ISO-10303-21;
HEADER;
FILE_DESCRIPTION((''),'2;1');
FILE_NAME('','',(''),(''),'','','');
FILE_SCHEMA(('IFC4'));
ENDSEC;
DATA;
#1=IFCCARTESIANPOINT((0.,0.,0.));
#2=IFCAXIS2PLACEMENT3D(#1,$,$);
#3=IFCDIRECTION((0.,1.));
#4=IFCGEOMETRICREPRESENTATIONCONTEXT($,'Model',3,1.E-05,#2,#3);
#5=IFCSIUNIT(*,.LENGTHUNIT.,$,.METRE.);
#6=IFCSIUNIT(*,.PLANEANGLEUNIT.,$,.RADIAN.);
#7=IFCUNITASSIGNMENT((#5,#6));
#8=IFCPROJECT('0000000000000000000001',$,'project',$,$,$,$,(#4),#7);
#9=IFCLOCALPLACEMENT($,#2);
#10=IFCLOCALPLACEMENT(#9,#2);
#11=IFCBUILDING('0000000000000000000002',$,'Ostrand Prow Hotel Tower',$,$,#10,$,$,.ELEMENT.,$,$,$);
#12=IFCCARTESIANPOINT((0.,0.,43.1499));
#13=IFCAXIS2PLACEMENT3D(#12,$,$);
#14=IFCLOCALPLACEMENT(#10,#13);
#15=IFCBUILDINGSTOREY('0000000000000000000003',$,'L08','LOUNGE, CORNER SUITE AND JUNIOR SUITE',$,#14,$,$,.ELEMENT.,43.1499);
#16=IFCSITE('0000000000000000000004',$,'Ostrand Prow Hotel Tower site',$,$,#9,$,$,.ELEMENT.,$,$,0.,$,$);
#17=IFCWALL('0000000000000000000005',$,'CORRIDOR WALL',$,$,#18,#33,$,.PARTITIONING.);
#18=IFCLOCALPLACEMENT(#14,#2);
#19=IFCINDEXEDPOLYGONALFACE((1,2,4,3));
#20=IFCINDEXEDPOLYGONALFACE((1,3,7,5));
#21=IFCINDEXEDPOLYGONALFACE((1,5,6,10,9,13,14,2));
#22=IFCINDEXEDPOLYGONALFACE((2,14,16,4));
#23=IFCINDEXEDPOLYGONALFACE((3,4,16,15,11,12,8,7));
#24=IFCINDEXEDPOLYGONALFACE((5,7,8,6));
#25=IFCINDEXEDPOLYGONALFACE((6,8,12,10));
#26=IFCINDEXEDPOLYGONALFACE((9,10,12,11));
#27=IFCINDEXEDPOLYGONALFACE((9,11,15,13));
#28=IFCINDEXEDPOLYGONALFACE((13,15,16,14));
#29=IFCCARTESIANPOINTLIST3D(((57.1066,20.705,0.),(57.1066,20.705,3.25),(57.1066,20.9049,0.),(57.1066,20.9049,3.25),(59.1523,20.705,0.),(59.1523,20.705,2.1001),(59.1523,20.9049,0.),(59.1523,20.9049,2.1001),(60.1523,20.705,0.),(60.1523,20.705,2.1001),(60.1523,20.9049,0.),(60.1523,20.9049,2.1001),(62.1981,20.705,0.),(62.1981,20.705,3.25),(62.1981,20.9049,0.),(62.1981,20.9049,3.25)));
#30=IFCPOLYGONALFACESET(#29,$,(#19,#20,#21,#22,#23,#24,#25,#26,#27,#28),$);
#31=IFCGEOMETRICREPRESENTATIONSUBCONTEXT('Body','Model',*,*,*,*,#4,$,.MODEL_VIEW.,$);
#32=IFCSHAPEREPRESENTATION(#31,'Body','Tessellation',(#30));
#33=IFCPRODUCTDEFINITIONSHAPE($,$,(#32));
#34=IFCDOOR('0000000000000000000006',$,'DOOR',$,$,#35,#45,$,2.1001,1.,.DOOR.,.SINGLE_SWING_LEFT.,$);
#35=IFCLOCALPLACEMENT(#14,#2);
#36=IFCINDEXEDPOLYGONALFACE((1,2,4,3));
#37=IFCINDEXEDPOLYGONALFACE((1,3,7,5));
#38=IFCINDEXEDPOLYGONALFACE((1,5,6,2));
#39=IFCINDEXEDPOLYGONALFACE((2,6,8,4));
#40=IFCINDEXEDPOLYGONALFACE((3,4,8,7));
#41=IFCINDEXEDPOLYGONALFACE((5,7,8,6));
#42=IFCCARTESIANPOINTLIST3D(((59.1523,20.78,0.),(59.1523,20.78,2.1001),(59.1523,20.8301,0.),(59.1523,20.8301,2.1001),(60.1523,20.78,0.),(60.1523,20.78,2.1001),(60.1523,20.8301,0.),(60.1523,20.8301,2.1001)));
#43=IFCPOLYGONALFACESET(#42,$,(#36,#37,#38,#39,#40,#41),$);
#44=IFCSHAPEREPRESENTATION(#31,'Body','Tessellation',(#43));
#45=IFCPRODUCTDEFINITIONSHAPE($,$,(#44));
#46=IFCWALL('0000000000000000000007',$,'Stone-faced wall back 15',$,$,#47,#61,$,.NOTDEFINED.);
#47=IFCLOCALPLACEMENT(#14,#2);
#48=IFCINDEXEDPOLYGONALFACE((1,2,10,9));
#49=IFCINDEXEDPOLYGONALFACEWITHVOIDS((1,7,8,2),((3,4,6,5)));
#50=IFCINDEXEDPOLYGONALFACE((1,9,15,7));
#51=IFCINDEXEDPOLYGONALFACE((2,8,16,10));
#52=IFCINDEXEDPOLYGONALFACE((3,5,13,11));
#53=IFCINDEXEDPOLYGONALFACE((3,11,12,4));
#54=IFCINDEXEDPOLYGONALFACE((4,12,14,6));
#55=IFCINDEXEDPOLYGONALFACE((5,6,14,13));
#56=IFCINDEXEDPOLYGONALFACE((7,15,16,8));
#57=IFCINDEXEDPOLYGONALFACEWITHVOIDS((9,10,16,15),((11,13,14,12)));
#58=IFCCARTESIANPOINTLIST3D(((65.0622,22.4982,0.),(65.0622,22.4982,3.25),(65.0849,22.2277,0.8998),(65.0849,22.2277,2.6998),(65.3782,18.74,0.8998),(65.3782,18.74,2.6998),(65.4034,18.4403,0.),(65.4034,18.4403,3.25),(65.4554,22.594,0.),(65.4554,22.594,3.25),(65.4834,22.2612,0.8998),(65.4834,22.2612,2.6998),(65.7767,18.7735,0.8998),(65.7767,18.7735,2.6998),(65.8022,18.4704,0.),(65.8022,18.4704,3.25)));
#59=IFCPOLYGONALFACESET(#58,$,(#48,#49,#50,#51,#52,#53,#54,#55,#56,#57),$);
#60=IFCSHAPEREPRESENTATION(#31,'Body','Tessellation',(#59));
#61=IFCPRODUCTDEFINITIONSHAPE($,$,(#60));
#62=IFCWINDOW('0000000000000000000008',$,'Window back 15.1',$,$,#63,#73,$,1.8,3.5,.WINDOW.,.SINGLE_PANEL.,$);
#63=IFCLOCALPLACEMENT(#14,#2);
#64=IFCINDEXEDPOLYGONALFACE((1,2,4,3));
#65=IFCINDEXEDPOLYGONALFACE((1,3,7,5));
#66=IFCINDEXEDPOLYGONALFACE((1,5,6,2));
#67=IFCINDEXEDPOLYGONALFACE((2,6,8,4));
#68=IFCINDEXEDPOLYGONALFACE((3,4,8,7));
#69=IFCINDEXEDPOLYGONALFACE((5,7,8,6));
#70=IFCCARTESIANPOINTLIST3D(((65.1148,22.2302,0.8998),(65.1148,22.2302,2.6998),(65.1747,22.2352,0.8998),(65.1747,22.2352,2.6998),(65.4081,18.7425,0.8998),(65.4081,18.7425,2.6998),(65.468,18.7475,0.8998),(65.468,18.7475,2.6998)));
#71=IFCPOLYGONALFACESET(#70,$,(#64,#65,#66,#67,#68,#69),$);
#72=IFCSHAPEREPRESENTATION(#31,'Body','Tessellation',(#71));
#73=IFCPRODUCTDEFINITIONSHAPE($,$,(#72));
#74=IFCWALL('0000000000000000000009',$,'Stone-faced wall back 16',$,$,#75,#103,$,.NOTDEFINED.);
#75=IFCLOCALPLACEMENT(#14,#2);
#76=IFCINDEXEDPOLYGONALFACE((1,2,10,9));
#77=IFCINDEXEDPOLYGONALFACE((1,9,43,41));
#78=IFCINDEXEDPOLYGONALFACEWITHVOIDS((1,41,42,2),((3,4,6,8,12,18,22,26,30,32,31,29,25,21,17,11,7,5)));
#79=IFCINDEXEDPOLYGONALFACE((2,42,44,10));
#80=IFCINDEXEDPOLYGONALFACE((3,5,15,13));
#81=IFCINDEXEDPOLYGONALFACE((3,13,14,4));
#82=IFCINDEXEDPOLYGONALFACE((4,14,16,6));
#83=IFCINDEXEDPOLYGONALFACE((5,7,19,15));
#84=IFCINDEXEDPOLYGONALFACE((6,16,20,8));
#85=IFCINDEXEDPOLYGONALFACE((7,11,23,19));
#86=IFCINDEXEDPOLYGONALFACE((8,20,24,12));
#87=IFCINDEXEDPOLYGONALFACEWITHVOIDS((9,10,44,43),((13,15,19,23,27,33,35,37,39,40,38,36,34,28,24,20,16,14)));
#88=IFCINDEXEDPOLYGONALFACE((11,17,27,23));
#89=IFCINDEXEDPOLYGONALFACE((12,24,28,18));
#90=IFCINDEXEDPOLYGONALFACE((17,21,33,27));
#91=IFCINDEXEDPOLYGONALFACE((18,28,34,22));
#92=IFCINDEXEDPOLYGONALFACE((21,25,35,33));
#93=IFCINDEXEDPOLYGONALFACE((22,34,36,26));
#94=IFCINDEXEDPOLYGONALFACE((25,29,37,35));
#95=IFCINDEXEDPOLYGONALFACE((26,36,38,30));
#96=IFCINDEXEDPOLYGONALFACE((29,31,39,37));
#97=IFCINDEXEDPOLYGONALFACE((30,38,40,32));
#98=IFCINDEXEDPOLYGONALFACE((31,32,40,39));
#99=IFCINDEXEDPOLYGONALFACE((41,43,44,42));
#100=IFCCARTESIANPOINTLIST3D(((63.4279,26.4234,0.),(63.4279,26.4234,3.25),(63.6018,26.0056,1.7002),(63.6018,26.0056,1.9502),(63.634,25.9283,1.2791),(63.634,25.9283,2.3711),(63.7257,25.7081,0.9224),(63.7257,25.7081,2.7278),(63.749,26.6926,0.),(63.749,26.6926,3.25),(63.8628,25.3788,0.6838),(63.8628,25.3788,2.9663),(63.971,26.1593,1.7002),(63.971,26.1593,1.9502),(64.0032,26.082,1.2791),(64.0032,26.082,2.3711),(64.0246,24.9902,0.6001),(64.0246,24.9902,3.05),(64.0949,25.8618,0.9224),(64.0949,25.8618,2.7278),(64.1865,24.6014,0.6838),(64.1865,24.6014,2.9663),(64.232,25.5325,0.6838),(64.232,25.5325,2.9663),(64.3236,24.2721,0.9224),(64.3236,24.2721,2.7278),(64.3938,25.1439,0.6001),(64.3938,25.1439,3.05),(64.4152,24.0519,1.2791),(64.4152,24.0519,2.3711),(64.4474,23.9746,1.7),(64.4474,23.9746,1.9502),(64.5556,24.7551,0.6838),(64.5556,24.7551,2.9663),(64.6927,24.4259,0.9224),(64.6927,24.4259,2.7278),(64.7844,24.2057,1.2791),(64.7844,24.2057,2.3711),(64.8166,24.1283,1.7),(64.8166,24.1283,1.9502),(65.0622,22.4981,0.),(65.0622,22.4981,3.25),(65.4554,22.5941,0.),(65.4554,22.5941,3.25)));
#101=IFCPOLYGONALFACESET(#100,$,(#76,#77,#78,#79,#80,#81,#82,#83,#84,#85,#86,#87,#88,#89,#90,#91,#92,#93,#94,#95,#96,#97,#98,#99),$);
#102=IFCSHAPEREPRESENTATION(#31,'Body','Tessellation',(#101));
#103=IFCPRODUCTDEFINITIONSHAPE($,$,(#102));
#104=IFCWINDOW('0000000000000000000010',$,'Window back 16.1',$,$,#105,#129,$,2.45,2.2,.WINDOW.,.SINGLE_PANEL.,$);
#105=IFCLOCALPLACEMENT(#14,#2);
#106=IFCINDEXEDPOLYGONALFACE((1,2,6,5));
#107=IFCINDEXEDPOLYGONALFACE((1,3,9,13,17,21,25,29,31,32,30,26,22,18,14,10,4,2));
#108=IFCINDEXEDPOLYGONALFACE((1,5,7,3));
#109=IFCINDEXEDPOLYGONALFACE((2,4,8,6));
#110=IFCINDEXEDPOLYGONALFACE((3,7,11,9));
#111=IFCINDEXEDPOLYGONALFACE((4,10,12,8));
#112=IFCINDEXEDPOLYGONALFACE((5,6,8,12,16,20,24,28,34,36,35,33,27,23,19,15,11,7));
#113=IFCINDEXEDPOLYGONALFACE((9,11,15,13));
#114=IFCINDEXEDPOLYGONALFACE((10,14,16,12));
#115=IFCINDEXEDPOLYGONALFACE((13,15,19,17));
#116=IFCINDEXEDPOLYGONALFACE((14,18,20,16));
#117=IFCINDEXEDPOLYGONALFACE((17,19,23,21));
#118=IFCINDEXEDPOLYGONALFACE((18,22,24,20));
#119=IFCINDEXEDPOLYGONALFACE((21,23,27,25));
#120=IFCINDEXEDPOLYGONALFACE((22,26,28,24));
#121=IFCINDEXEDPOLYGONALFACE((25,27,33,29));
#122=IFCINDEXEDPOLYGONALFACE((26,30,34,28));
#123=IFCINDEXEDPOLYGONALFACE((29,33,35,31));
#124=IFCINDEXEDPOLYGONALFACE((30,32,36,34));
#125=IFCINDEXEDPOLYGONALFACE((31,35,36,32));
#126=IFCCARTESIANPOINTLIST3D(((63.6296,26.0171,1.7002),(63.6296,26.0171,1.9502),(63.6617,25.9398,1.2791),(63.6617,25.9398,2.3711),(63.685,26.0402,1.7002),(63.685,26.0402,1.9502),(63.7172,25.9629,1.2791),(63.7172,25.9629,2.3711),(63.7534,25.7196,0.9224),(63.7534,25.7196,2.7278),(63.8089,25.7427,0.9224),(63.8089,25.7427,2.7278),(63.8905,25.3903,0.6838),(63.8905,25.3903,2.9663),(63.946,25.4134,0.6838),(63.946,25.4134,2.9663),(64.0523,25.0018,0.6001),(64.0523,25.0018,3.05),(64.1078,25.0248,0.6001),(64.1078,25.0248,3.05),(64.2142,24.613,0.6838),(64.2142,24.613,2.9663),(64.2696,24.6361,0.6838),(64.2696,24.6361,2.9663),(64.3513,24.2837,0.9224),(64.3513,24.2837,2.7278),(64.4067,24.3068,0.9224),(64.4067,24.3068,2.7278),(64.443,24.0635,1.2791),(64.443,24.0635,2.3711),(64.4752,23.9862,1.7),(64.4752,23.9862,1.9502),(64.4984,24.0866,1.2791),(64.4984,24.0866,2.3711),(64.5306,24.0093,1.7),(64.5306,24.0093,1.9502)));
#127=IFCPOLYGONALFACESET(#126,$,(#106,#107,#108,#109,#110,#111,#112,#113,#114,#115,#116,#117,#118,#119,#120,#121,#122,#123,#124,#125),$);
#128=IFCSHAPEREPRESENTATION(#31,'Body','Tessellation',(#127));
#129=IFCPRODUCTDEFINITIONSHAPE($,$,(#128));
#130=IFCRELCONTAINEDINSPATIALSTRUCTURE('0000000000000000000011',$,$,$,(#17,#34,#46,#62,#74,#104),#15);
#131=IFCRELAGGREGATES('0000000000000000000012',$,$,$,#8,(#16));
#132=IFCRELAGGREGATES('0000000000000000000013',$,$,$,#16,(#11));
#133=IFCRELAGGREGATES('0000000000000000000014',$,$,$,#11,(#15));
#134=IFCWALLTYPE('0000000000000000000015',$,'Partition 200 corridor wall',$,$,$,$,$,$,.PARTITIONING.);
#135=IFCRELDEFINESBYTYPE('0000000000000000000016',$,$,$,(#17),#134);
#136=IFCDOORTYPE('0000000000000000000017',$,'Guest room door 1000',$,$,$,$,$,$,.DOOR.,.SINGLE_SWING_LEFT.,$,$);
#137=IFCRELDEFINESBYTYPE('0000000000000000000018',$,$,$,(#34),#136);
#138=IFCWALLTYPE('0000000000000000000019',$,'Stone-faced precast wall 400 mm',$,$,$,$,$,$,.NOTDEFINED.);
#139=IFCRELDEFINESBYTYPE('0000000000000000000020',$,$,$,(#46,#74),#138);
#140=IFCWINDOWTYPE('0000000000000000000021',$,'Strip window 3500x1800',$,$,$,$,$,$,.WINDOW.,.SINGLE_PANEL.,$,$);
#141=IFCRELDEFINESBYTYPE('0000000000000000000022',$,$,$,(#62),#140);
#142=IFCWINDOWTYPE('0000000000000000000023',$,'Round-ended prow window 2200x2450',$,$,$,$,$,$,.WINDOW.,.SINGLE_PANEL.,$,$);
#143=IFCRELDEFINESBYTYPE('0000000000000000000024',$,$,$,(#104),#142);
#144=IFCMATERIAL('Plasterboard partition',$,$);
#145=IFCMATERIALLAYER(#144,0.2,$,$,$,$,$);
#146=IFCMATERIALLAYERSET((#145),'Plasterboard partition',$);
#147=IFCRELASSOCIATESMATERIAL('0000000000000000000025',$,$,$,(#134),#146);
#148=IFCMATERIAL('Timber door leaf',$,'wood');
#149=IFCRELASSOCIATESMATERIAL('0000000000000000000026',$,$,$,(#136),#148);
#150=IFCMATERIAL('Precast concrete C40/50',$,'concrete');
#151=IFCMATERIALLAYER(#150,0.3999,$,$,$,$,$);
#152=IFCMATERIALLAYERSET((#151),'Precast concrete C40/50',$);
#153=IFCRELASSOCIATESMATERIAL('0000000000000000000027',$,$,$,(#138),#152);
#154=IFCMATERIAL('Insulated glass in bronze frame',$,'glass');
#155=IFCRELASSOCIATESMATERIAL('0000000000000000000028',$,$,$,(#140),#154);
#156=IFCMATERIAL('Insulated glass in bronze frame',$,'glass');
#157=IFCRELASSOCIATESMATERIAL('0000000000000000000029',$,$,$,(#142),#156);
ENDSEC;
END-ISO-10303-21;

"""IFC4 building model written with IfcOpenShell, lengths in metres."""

from ifc_helpers import new_model, si_unit, direction, frame, frame_2d, origin, place, context, subcontext, project, spatial, polyline, rectangle, outline, extrude, material, layer, layer_set, type_object, element, fill, save


model = new_model("IFC4")

# Units and contexts
model_context = context("Model", 3, precision=1e-05, world=origin(), true_north=direction((0.0, 1.0)))
body_context = subcontext(model_context, "Body", "Model", "MODEL_VIEW")
ifc_project = project(units=[si_unit("LENGTHUNIT", "METRE"), si_unit("PLANEANGLEUNIT", "RADIAN")], contexts=[model_context])

# Site, building, storey
site_placement = place(None, origin())
site = spatial("IfcSite", under=ifc_project, at=site_placement, Name="Ostrand Prow Hotel Tower site", CompositionType="ELEMENT", RefElevation=0.0)
building_placement = place(site_placement, origin())
building = spatial("IfcBuilding", under=site, at=building_placement, Name="Ostrand Prow Hotel Tower", CompositionType="ELEMENT")
storey_placement = place(building_placement, frame((0.0, 0.0, 43.1499)))
storey = spatial("IfcBuildingStorey", under=building, at=storey_placement, Name="L08", Description="LOUNGE, CORNER SUITE AND JUNIOR SUITE", CompositionType="ELEMENT", Elevation=43.1499)

# Wall, opening, door
ifc_material_1 = material(Name="Plasterboard partition")
ifc_layer_1 = layer(ifc_material_1, 0.2)
ifc_layer_set_1 = layer_set([ifc_layer_1], Name="Plasterboard partition")
wall_type_1 = type_object("IfcWallType", Name="Partition 200 corridor wall", PredefinedType="PARTITIONING", material=ifc_layer_set_1)
wall_1_placement = place(storey_placement, frame((62.1982, 20.8049, 0.0), z_axis=(0.0, 0.0, 1.0), x_axis=(-1.0, 0.0, 0.0)))
wall_1 = element("IfcWall", 1, at=wall_1_placement, inside=storey, type_object=wall_type_1, Name="CORRIDOR WALL", PredefinedType="PARTITIONING", context=body_context, shape_type="SweptSolid", body=[
    extrude(rectangle(XDim=5.0916, YDim=0.2, at=frame_2d((2.5459, 0.0))), origin(), (0.0, 0.0, 1.0), 3.25),
])
opening_1_placement = place(wall_1_placement, frame((2.0459, 0.0, 0.0)))
opening_1 = element("IfcOpeningElement", 2, at=opening_1_placement, cuts=wall_1, PredefinedType="OPENING", context=body_context, shape_type="SweptSolid", body=[
    extrude(rectangle(XDim=1.0, YDim=2.1001, at=frame_2d((0.5, 1.05))), frame((0.0, 0.1099, 0.0), z_axis=(0.0, -1.0, 0.0), x_axis=(1.0, 0.0, 0.0)), (0.0, 0.0, 1.0), 0.22),
])
ifc_material_2 = material(Name="Timber door leaf", Category="wood")
door_type_1 = type_object("IfcDoorType", Name="Guest room door 1000", OperationType="SINGLE_SWING_LEFT", PredefinedType="DOOR", material=ifc_material_2)
door_1_placement = place(opening_1_placement, origin())
door_1 = element("IfcDoor", 3, at=door_1_placement, inside=storey, type_object=door_type_1, Name="DOOR", OperationType="SINGLE_SWING_LEFT", OverallHeight=2.1001, OverallWidth=1.0, PredefinedType="DOOR", context=body_context, shape_type="SweptSolid", body=[
    extrude(rectangle(XDim=1.0, YDim=2.1001, at=frame_2d((0.5, 1.05))), frame((0.0, 0.0249, 0.0), z_axis=(0.0, -1.0, 0.0), x_axis=(1.0, 0.0, 0.0)), (0.0, 0.0, 1.0), 0.05),
])
fill(opening_1, door_1)

# Walls, openings, windows
ifc_material_3 = material(Name="Precast concrete C40/50", Category="concrete")
ifc_layer_2 = layer(ifc_material_3, 0.3999)
ifc_layer_set_2 = layer_set([ifc_layer_2], Name="Precast concrete C40/50")
wall_type_2 = type_object("IfcWallType", Name="Stone-faced precast wall 400 mm", PredefinedType="NOTDEFINED", material=ifc_layer_set_2)
wall_2_placement = place(storey_placement, frame((65.6028, 18.4553, 0.0), z_axis=(0.0, 0.0, 1.0), x_axis=(-0.083794, 0.996483, 0.0)))
wall_2 = element("IfcWall", 4, at=wall_2_placement, inside=storey, type_object=wall_type_2, Name="Stone-faced wall back 15", PredefinedType="NOTDEFINED", context=body_context, shape_type="SweptSolid", body=[
    extrude(outline(polyline([(-0.0017, -0.2), (4.1365, -0.2), (4.074, 0.2), (0.0017, 0.2), (-0.0017, -0.2)])), origin(), (0.0, 0.0, 1.0), 3.25),
])
opening_2_placement = place(wall_2_placement, frame((0.3025, 0.0, 0.8999)))
opening_2 = element("IfcOpeningElement", 5, at=opening_2_placement, cuts=wall_2, PredefinedType="OPENING", context=body_context, shape_type="SweptSolid", body=[
    extrude(rectangle(XDim=3.5, YDim=1.8, at=frame_2d((1.75, 0.8999))), frame((0.0, 0.21, 0.0), z_axis=(0.0, -1.0, 0.0), x_axis=(1.0, 0.0, 0.0)), (0.0, 0.0, 1.0), 0.4199),
])
ifc_material_4 = material(Name="Insulated glass in bronze frame", Category="glass")
window_type_1 = type_object("IfcWindowType", Name="Strip window 3500x1800", PartitioningType="SINGLE_PANEL", PredefinedType="WINDOW", material=ifc_material_4)
window_1_placement = place(opening_2_placement, origin())
window_1 = element("IfcWindow", 6, at=window_1_placement, inside=storey, type_object=window_type_1, Name="Window back 15.1", OverallHeight=1.8, OverallWidth=3.5, PartitioningType="SINGLE_PANEL", PredefinedType="WINDOW", context=body_context, shape_type="SweptSolid", body=[
    extrude(rectangle(XDim=3.5, YDim=1.8, at=frame_2d((1.75, 0.8999))), frame((0.0, 0.1699, 0.0), z_axis=(0.0, -1.0, 0.0), x_axis=(1.0, 0.0, 0.0)), (0.0, 0.0, 1.0), 0.0601),
])
fill(opening_2, window_1)
wall_3_placement = place(storey_placement, frame((65.2588, 22.5461, 0.0), z_axis=(0.0, 0.0, 1.0), x_axis=(-0.384372, 0.923178, 0.0)))
wall_3 = element("IfcWall", 7, at=wall_3_placement, inside=storey, type_object=wall_type_2, Name="Stone-faced wall back 16", PredefinedType="NOTDEFINED", context=body_context, shape_type="SweptSolid", body=[
    extrude(outline(polyline([(-0.0312, -0.2), (4.4082, -0.2), (4.2832, 0.2), (0.0312, 0.2), (-0.0312, -0.2)])), origin(), (0.0, 0.0, 1.0), 3.25),
])
opening_3_placement = place(wall_3_placement, frame((1.6306, 0.0, 0.6001)))
opening_3 = element("IfcOpeningElement", 8, at=opening_3_placement, cuts=wall_3, PredefinedType="OPENING", context=body_context, shape_type="SweptSolid", body=[
    extrude(outline(polyline([(0.0, 1.3501), (0.0837, 1.771), (0.3223, 2.1277), (0.679, 2.3662), (1.1001, 2.45), (1.521, 2.3662), (1.8777, 2.1277), (2.1162, 1.771), (2.2, 1.3501), (2.2, 1.1001), (2.1162, 0.679), (1.8777, 0.3223), (1.521, 0.0837), (1.1001, 0.0), (0.679, 0.0837), (0.3223, 0.3223), (0.0837, 0.679), (0.0, 1.0999), (0.0, 1.3501)])), frame((0.0, 0.21, 0.0), z_axis=(0.0, -1.0, 0.0), x_axis=(1.0, 0.0, 0.0)), (0.0, 0.0, 1.0), 0.4199),
])
ifc_material_5 = material(Name="Insulated glass in bronze frame", Category="glass")
window_type_2 = type_object("IfcWindowType", Name="Round-ended prow window 2200x2450", PartitioningType="SINGLE_PANEL", PredefinedType="WINDOW", material=ifc_material_5)
window_2_placement = place(opening_3_placement, origin())
window_2 = element("IfcWindow", 9, at=window_2_placement, inside=storey, type_object=window_type_2, Name="Window back 16.1", OverallHeight=2.45, OverallWidth=2.2, PartitioningType="SINGLE_PANEL", PredefinedType="WINDOW", context=body_context, shape_type="SweptSolid", body=[
    extrude(outline(polyline([(0.0, 1.3501), (0.0837, 1.771), (0.3223, 2.1277), (0.679, 2.3662), (1.1001, 2.45), (1.521, 2.3662), (1.8777, 2.1277), (2.1162, 1.771), (2.2, 1.3501), (2.2, 1.1001), (2.1162, 0.679), (1.8777, 0.3223), (1.521, 0.0837), (1.1001, 0.0), (0.679, 0.0837), (0.3223, 0.3223), (0.0837, 0.679), (0.0, 1.0999), (0.0, 1.3501)])), frame((0.0, 0.1699, 0.0), z_axis=(0.0, -1.0, 0.0), x_axis=(1.0, 0.0, 0.0)), (0.0, 0.0, 1.0), 0.0601),
])
fill(opening_3, window_2)

save(model, "model.ifc")
